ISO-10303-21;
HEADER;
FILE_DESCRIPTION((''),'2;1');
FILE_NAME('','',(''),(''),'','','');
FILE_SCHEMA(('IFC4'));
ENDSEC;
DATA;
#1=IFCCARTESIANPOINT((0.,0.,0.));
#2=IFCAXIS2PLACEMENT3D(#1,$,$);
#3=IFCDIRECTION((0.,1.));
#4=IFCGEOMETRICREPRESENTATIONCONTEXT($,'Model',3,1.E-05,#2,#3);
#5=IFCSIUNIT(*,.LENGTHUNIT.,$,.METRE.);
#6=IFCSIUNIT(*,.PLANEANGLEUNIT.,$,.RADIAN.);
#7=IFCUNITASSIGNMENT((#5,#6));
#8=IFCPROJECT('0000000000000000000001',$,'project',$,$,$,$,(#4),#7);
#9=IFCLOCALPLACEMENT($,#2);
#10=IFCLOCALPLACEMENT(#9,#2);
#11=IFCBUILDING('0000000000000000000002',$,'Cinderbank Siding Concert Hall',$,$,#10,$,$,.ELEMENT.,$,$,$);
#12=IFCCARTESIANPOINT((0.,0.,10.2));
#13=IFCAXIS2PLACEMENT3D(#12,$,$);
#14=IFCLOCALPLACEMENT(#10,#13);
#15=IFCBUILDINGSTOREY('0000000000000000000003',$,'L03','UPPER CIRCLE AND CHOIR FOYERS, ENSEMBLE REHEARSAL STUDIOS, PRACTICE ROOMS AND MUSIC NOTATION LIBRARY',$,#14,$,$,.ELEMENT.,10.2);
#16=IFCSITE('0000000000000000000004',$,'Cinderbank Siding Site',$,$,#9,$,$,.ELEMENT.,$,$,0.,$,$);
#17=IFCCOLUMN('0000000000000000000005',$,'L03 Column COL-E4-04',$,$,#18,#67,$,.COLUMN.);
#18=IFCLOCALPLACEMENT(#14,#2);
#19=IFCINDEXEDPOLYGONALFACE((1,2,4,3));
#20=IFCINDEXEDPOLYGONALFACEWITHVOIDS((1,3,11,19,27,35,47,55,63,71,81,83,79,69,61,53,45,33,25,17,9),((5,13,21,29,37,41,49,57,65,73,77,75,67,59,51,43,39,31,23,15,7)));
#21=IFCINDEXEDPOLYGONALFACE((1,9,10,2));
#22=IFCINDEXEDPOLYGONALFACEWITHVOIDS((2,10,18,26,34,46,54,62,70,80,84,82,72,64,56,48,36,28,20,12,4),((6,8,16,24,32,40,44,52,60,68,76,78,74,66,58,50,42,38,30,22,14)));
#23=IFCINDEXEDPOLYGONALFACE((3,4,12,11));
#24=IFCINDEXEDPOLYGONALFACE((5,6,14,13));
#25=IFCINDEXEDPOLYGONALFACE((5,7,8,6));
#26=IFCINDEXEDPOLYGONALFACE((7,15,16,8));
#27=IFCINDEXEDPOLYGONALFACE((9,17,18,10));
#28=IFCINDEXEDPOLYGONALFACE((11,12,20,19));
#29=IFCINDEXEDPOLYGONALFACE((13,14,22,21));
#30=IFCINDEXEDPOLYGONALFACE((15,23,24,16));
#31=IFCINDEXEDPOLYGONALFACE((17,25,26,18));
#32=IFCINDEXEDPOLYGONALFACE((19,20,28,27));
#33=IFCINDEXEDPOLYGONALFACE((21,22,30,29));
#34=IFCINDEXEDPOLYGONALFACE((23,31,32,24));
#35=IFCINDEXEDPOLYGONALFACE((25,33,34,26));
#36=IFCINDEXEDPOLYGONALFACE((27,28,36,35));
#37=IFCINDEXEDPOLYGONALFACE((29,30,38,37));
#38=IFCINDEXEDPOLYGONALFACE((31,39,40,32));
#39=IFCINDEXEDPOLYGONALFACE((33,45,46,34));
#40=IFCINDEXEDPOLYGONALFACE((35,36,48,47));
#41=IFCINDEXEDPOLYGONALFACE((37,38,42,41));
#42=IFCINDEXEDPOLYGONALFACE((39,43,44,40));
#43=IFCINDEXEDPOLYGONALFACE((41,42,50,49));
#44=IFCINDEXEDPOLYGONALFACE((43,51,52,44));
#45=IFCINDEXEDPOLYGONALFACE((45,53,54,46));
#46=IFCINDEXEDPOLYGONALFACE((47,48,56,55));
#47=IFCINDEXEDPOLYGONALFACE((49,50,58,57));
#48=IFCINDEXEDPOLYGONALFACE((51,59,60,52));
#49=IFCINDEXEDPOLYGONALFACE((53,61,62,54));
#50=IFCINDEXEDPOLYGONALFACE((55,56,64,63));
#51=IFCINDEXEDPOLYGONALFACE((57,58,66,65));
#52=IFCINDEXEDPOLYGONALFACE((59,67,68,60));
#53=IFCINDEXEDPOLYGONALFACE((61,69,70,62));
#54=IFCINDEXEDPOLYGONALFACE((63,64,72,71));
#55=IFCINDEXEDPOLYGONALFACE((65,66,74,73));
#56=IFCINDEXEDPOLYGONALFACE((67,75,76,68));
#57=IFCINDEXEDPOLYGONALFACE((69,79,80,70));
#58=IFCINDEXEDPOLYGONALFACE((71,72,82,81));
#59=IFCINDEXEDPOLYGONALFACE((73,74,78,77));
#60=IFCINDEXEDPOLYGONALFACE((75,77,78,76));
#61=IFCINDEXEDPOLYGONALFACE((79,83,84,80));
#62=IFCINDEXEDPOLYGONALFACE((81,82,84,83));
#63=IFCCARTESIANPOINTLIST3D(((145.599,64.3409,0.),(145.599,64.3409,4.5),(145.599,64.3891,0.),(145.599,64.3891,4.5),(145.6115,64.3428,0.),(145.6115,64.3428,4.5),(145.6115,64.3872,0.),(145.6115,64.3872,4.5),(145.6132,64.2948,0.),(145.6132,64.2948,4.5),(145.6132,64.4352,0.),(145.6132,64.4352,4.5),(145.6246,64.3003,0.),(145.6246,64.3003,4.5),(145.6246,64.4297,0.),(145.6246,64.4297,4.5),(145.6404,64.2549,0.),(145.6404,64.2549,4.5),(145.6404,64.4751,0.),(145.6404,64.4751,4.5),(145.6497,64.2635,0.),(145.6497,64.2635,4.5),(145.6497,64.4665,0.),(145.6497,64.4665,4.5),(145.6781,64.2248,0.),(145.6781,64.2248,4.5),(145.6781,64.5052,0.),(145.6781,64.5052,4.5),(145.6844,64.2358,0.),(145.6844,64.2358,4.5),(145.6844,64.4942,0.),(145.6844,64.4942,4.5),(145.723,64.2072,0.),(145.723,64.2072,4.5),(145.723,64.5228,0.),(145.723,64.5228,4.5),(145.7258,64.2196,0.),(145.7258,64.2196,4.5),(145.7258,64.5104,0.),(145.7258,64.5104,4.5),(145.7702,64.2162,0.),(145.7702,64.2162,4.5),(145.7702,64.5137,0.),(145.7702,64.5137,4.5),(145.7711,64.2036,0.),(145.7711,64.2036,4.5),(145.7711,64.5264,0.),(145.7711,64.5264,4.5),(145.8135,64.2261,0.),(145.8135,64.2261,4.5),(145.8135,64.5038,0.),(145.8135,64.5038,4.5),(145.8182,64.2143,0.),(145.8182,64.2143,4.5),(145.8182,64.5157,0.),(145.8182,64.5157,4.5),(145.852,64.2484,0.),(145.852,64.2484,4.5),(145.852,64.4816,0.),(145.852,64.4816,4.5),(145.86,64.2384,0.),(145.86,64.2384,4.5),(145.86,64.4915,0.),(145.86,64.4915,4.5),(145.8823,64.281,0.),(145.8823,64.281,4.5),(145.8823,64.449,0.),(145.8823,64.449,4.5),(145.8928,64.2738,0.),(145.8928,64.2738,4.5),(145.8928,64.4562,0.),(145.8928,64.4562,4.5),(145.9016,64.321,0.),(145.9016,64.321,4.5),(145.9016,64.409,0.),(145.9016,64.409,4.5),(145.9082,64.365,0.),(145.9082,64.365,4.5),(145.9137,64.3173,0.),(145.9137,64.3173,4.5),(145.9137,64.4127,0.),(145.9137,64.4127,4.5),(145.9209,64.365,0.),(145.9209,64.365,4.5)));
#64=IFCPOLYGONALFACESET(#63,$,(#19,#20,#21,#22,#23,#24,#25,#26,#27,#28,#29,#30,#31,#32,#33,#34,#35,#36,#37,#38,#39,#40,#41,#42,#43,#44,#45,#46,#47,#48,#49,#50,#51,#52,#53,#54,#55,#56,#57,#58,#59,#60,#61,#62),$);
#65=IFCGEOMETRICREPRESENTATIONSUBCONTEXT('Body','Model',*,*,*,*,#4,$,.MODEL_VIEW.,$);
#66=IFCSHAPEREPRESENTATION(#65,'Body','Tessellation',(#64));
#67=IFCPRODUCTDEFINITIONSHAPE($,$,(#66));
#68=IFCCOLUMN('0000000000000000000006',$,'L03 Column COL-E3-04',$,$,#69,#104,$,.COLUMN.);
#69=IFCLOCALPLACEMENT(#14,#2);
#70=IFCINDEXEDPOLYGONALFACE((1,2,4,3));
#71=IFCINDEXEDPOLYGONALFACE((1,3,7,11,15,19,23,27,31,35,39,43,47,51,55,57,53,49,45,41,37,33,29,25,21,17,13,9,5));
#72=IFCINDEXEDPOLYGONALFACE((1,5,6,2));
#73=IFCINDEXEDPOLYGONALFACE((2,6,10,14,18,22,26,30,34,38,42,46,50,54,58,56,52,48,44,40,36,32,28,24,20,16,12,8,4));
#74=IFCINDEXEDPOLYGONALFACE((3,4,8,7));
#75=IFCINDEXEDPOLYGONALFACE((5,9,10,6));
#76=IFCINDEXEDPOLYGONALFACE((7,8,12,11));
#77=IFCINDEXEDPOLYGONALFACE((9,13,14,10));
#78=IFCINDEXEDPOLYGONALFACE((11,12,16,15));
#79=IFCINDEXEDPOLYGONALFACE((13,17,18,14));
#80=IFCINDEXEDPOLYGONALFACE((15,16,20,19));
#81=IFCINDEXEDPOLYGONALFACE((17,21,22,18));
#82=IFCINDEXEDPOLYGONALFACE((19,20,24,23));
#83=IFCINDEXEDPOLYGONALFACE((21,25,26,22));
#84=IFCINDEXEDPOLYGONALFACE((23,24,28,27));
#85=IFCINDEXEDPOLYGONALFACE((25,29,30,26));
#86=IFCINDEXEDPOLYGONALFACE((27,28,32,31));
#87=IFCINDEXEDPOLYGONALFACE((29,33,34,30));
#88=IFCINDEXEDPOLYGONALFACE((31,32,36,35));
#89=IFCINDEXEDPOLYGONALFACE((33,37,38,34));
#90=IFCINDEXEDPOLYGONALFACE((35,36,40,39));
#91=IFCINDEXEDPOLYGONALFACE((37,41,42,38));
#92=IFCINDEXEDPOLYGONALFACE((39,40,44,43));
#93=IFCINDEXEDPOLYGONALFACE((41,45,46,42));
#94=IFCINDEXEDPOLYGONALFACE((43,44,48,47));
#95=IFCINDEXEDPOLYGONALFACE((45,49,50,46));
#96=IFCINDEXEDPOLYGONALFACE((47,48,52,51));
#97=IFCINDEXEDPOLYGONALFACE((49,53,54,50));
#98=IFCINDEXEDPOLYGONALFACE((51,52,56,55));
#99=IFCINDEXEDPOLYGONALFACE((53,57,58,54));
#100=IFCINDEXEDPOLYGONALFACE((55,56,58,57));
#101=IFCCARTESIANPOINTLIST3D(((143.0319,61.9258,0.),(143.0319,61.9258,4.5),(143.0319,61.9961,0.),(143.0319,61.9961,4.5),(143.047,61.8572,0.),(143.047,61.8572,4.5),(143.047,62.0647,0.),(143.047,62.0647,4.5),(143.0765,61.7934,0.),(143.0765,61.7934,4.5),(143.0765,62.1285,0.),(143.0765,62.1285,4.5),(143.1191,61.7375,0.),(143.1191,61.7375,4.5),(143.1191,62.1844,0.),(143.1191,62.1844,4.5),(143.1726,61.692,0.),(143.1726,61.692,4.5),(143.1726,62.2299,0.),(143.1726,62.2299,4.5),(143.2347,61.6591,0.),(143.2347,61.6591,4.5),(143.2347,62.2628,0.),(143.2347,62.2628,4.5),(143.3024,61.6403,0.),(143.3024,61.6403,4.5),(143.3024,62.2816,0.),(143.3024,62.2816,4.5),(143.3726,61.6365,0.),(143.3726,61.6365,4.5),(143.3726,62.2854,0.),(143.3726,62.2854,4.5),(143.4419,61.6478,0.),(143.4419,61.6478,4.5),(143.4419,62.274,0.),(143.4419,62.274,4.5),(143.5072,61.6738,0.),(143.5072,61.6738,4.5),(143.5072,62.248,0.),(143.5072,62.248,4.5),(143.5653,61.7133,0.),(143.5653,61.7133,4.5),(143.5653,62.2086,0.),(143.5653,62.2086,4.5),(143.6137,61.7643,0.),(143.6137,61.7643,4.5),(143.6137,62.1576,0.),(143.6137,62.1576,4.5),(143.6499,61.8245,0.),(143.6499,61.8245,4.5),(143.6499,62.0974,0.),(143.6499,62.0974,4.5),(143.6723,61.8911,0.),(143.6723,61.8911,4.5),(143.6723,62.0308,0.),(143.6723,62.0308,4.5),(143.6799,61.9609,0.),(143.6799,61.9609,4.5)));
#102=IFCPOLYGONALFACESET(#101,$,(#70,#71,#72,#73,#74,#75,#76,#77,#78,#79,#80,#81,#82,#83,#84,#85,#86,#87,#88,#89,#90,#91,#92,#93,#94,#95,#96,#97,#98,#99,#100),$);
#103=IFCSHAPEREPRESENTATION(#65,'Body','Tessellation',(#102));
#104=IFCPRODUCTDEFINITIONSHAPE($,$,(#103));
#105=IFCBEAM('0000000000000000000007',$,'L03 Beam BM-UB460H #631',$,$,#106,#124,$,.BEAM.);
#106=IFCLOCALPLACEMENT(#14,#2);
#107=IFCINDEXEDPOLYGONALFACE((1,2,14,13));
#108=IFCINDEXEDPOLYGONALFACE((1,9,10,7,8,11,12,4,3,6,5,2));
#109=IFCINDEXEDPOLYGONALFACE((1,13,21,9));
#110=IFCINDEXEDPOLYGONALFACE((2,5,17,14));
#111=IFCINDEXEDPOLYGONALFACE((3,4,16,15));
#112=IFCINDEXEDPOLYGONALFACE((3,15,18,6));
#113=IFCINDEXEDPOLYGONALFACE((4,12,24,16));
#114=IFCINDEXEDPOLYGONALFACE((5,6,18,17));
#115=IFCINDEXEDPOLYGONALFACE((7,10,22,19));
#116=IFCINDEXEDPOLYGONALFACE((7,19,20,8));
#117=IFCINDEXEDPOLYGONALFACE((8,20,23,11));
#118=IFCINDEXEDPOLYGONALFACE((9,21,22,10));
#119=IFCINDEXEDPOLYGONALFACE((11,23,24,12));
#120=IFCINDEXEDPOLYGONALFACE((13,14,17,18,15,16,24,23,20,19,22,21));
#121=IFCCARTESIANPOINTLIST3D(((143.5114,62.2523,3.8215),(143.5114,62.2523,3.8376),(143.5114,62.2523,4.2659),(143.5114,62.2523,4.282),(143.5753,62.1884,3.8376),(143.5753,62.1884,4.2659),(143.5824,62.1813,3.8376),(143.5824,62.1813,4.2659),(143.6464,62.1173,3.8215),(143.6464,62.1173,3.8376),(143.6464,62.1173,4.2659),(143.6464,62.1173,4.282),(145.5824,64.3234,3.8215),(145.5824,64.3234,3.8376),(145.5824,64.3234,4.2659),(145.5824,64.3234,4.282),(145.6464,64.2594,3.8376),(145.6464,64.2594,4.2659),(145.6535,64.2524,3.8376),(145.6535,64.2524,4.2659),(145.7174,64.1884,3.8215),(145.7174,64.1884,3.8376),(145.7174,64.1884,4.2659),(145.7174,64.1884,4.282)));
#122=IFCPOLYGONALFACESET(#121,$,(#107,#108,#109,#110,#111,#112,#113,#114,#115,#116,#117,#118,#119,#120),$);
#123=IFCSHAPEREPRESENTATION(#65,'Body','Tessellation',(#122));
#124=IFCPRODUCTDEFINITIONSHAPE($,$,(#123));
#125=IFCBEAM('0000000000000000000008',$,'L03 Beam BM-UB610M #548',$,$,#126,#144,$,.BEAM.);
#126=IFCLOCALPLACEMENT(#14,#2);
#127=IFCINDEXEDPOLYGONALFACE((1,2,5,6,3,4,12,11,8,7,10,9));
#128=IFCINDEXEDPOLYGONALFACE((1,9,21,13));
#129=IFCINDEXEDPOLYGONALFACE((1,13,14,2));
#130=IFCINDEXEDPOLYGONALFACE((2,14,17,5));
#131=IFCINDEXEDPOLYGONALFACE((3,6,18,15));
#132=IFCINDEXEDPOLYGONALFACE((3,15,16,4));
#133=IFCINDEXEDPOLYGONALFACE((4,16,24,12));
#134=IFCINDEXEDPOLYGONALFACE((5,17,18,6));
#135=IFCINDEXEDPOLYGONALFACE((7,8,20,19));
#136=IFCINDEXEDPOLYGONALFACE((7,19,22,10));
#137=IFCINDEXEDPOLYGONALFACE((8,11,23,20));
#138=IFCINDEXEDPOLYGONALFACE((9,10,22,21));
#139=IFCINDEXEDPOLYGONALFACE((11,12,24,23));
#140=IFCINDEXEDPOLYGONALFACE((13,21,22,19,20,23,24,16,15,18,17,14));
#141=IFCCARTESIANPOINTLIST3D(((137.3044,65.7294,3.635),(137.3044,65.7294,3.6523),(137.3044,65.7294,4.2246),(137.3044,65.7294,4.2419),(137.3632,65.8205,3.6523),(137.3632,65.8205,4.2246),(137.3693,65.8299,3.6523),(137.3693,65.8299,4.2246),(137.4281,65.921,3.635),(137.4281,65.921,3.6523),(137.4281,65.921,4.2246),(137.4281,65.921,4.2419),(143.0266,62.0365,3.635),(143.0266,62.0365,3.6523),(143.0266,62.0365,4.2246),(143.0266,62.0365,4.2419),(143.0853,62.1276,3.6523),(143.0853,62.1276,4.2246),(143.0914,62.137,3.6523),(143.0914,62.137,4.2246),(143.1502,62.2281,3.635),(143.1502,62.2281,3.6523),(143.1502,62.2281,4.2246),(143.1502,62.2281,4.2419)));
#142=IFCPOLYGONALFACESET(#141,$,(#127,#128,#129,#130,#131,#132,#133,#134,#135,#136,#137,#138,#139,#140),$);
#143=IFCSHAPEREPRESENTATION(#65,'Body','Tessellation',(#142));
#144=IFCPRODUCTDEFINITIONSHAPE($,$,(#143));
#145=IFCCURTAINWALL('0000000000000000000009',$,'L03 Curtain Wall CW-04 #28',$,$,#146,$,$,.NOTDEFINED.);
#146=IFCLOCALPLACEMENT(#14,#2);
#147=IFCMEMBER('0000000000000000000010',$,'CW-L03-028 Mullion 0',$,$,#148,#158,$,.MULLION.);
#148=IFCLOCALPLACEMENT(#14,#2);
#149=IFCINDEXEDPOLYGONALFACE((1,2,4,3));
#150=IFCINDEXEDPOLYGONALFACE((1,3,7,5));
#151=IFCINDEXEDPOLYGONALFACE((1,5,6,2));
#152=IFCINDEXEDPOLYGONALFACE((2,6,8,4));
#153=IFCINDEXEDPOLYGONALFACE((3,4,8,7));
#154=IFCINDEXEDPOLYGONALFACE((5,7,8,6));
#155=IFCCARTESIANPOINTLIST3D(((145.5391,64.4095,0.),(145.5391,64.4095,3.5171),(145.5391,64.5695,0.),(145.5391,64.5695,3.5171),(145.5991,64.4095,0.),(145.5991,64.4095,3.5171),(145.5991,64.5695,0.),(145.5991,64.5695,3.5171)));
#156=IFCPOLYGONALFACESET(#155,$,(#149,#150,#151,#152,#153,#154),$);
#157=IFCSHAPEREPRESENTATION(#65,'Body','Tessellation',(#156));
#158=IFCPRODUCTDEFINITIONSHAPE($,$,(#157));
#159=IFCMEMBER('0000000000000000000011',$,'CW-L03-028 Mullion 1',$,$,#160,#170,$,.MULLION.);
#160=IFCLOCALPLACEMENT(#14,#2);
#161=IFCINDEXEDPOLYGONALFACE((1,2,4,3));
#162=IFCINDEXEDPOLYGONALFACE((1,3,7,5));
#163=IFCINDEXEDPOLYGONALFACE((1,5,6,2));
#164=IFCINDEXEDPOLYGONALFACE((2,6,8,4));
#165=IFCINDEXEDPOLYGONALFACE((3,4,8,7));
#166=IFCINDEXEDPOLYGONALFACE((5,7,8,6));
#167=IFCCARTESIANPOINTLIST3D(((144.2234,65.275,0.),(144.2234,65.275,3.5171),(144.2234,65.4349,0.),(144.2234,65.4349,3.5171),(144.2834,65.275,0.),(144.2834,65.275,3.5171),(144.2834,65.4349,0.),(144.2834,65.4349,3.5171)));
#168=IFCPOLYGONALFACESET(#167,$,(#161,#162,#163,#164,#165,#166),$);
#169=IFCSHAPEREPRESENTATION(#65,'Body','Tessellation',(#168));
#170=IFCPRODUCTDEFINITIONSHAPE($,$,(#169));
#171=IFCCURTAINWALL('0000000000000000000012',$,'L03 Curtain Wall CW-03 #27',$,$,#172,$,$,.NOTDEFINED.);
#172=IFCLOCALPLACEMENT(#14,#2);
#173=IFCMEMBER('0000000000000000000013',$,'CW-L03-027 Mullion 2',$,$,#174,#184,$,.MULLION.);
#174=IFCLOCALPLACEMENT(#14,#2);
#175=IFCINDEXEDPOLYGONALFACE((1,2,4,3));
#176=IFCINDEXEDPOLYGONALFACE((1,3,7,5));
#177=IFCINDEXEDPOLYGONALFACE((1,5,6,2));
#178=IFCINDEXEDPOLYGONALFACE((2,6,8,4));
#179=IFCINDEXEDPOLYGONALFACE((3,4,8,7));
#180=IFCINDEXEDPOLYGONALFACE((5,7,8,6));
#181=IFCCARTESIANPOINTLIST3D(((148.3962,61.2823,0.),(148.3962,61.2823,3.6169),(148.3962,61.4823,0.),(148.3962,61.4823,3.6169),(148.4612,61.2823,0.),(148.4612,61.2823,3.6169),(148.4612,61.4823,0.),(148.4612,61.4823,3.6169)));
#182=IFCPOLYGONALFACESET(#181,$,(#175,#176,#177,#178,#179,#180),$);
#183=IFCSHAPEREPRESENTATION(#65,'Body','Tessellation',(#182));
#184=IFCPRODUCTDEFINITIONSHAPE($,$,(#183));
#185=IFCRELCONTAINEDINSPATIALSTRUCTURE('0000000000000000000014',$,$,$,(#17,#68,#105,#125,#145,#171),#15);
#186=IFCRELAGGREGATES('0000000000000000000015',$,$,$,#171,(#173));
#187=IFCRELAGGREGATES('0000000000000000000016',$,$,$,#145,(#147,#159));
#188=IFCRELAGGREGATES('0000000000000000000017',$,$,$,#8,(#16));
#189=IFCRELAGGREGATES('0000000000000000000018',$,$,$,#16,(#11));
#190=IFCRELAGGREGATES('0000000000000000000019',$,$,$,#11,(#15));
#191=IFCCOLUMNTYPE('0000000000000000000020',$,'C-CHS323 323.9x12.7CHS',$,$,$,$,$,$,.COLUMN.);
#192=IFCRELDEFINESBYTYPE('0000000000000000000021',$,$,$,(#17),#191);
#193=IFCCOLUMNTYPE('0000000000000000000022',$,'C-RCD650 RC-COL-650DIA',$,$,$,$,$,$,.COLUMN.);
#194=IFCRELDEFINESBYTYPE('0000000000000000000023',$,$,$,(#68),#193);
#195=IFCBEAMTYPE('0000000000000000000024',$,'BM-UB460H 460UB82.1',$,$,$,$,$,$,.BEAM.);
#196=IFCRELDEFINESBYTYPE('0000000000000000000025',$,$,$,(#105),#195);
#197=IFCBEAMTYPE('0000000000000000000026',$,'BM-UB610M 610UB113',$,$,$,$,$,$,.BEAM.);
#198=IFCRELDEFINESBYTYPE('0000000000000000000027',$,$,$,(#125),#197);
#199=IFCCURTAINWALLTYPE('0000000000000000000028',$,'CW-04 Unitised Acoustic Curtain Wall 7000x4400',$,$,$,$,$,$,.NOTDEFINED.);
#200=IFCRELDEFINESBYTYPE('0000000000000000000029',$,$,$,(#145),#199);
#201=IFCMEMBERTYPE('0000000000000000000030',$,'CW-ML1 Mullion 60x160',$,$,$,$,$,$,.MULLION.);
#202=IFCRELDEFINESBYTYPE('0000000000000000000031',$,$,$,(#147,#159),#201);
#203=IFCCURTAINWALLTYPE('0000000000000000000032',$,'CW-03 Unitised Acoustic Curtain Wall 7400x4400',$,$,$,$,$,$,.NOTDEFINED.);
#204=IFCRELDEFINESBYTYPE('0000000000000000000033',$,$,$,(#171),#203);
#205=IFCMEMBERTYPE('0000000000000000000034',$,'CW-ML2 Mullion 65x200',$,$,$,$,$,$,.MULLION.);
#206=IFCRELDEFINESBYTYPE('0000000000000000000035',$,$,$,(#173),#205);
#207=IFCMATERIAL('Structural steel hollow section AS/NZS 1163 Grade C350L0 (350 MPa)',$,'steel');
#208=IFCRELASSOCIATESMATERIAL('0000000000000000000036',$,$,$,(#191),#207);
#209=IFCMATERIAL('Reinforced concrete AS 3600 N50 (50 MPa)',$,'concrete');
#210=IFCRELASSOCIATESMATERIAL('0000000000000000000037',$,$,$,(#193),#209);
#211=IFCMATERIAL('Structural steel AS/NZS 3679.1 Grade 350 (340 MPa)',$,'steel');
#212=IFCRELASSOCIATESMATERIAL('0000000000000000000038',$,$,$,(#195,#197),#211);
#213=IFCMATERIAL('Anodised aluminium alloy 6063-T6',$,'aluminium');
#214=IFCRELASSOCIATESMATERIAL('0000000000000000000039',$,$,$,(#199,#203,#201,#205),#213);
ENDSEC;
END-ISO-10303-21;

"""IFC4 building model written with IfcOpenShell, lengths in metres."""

from ifc_helpers import new_model, si_unit, direction, frame, origin, origin_2d, place, context, subcontext, project, spatial, rectangle, circle, hollow_circle, i_section, extrude, material, material_profile, profile_set, type_object, element, aggregate, save


model = new_model("IFC4")

# Units and contexts
model_context = context("Model", 3, precision=1e-05, world=origin(), true_north=direction((0.0, 1.0)))
body_context = subcontext(model_context, "Body", "Model", "MODEL_VIEW")
ifc_project = project(units=[si_unit("LENGTHUNIT", "METRE"), si_unit("PLANEANGLEUNIT", "RADIAN")], contexts=[model_context])

# Site, building, storey
site_placement = place(None, origin())
site = spatial("IfcSite", under=ifc_project, at=site_placement, Name="Cinderbank Siding Site", CompositionType="ELEMENT", RefElevation=0.0)
building_placement = place(site_placement, origin())
building = spatial("IfcBuilding", under=site, at=building_placement, Name="Cinderbank Siding Concert Hall", CompositionType="ELEMENT")
storey_placement = place(building_placement, frame((0.0, 0.0, 10.2)))
storey = spatial("IfcBuildingStorey", under=building, at=storey_placement, Name="L03", Description="UPPER CIRCLE AND CHOIR FOYERS, ENSEMBLE REHEARSAL STUDIOS, PRACTICE ROOMS AND MUSIC NOTATION LIBRARY", CompositionType="ELEMENT", Elevation=10.2)

# Columns
ifc_material_1 = material(Name="Structural steel hollow section AS/NZS 1163 Grade C350L0 (350 MPa)", Category="steel")
ifc_material_profile_1 = material_profile(ifc_material_1, hollow_circle(Radius=0.1619, WallThickness=0.0127, at=origin_2d()), Name="323.9x12.7CHS", Category="LoadBearing")
ifc_profile_set_1 = profile_set([ifc_material_profile_1], Name="Structural steel hollow section AS/NZS 1163 Grade C350L0 (350 MPa)")
column_type_1 = type_object("IfcColumnType", Name="C-CHS323 323.9x12.7CHS", PredefinedType="COLUMN", material=ifc_profile_set_1)
column_1_placement = place(storey_placement, frame((145.759, 64.365, 0.0), z_axis=(0.0, 0.0, 1.0), x_axis=(1.0, 0.0, 0.0)))
element("IfcColumn", 1, at=column_1_placement, inside=storey, type_object=column_type_1, Name="L03 Column COL-E4-04", PredefinedType="COLUMN", context=body_context, shape_type="SweptSolid", body=[
    extrude(hollow_circle(Radius=0.1619, WallThickness=0.0127, at=origin_2d()), origin(), (0.0, 0.0, 1.0), 4.5),
])
ifc_material_2 = material(Name="Reinforced concrete AS 3600 N50 (50 MPa)", Category="concrete")
ifc_material_profile_2 = material_profile(ifc_material_2, circle(Radius=0.325, at=origin_2d()), Name="RC-COL-650DIA", Category="LoadBearing")
ifc_profile_set_2 = profile_set([ifc_material_profile_2], Name="Reinforced concrete AS 3600 N50 (50 MPa)")
column_type_2 = type_object("IfcColumnType", Name="C-RCD650 RC-COL-650DIA", PredefinedType="COLUMN", material=ifc_profile_set_2)
column_2_placement = place(storey_placement, frame((143.355, 61.9609, 0.0), z_axis=(0.0, 0.0, 1.0), x_axis=(1.0, 0.0, 0.0)))
element("IfcColumn", 2, at=column_2_placement, inside=storey, type_object=column_type_2, Name="L03 Column COL-E3-04", PredefinedType="COLUMN", context=body_context, shape_type="SweptSolid", body=[
    extrude(circle(Radius=0.325, at=origin_2d()), origin(), (0.0, 0.0, 1.0), 4.5),
])

# Beams
ifc_material_3 = material(Name="Structural steel AS/NZS 3679.1 Grade 350 (340 MPa)", Category="steel")
ifc_material_profile_3 = material_profile(ifc_material_3, i_section(OverallWidth=0.1909, OverallDepth=0.4604, WebThickness=0.01, FlangeThickness=0.0161, at=origin_2d()), Name="460UB82.1", Category="LoadBearing")
ifc_profile_set_3 = profile_set([ifc_material_profile_3], Name="Structural steel AS/NZS 3679.1 Grade 350 (340 MPa)")
beam_type_1 = type_object("IfcBeamType", Name="BM-UB460H 460UB82.1", PredefinedType="BEAM", material=ifc_profile_set_3)
beam_1_placement = place(storey_placement, frame((143.5789, 62.1848, 4.0518), z_axis=(0.707107, 0.707107, 0.0), x_axis=(-0.707107, 0.707107, 0.0)))
element("IfcBeam", 3, at=beam_1_placement, inside=storey, type_object=beam_type_1, Name="L03 Beam BM-UB460H #631", PredefinedType="BEAM", context=body_context, shape_type="SweptSolid", body=[
    extrude(i_section(OverallWidth=0.1909, OverallDepth=0.4604, WebThickness=0.01, FlangeThickness=0.0161, at=origin_2d()), origin(), (0.0, 0.0, 1.0), 2.929),
])
ifc_material_profile_4 = material_profile(ifc_material_3, i_section(OverallWidth=0.228, OverallDepth=0.6069, WebThickness=0.0112, FlangeThickness=0.0173, at=origin_2d()), Name="610UB113", Category="LoadBearing")
ifc_profile_set_4 = profile_set([ifc_material_profile_4], Name="Structural steel AS/NZS 3679.1 Grade 350 (340 MPa)")
beam_type_2 = type_object("IfcBeamType", Name="BM-UB610M 610UB113", PredefinedType="BEAM", material=ifc_profile_set_4)
beam_2_placement = place(storey_placement, frame((143.0884, 62.1323, 3.9385), z_axis=(-0.84022, 0.542246, 0.0), x_axis=(-0.542246, -0.84022, 0.0)))
element("IfcBeam", 4, at=beam_2_placement, inside=storey, type_object=beam_type_2, Name="L03 Beam BM-UB610M #548", PredefinedType="BEAM", context=body_context, shape_type="SweptSolid", body=[
    extrude(i_section(OverallWidth=0.228, OverallDepth=0.6069, WebThickness=0.0112, FlangeThickness=0.0173, at=origin_2d()), origin(), (0.0, 0.0, 1.0), 6.8103),
])

# Curtain walls, members
ifc_material_4 = material(Name="Anodised aluminium alloy 6063-T6", Category="aluminium")
curtain_wall_type_1 = type_object("IfcCurtainWallType", Name="CW-04 Unitised Acoustic Curtain Wall 7000x4400", PredefinedType="NOTDEFINED", material=ifc_material_4)
curtain_wall_1_placement = place(storey_placement, origin())
curtain_wall_1 = element("IfcCurtainWall", 5, at=curtain_wall_1_placement, inside=storey, type_object=curtain_wall_type_1, Name="L03 Curtain Wall CW-04 #28", PredefinedType="NOTDEFINED")
ifc_material_profile_5 = material_profile(ifc_material_4, rectangle(XDim=0.0601, YDim=0.1599, at=origin_2d()), Name="ALU-MULL-60x160", Category="LoadBearing")
ifc_profile_set_5 = profile_set([ifc_material_profile_5], Name="Anodised aluminium alloy 6063-T6")
member_type_1 = type_object("IfcMemberType", Name="CW-ML1 Mullion 60x160", PredefinedType="MULLION", material=ifc_profile_set_5)
member_1_placement = place(storey_placement, frame((145.5691, 64.4895, 0.0), z_axis=(0.0, 0.0, 1.0), x_axis=(1.0, 0.0, 0.0)))
member_1 = element("IfcMember", 6, at=member_1_placement, type_object=member_type_1, Name="CW-L03-028 Mullion 0", PredefinedType="MULLION", context=body_context, shape_type="SweptSolid", body=[
    extrude(rectangle(XDim=0.0601, YDim=0.1599, at=origin_2d()), origin(), (0.0, 0.0, 1.0), 3.5171),
])
member_2_placement = place(storey_placement, frame((144.2534, 65.355, 0.0), z_axis=(0.0, 0.0, 1.0), x_axis=(1.0, 0.0, 0.0)))
member_2 = element("IfcMember", 7, at=member_2_placement, type_object=member_type_1, Name="CW-L03-028 Mullion 1", PredefinedType="MULLION", context=body_context, shape_type="SweptSolid", body=[
    extrude(rectangle(XDim=0.0601, YDim=0.1599, at=origin_2d()), origin(), (0.0, 0.0, 1.0), 3.5171),
])
curtain_wall_type_2 = type_object("IfcCurtainWallType", Name="CW-03 Unitised Acoustic Curtain Wall 7400x4400", PredefinedType="NOTDEFINED", material=ifc_material_4)
curtain_wall_2_placement = place(storey_placement, origin())
curtain_wall_2 = element("IfcCurtainWall", 8, at=curtain_wall_2_placement, inside=storey, type_object=curtain_wall_type_2, Name="L03 Curtain Wall CW-03 #27", PredefinedType="NOTDEFINED")
ifc_material_profile_6 = material_profile(ifc_material_4, rectangle(XDim=0.0649, YDim=0.2, at=origin_2d()), Name="ALU-MULL-65x200", Category="LoadBearing")
ifc_profile_set_6 = profile_set([ifc_material_profile_6], Name="Anodised aluminium alloy 6063-T6")
member_type_2 = type_object("IfcMemberType", Name="CW-ML2 Mullion 65x200", PredefinedType="MULLION", material=ifc_profile_set_6)
member_3_placement = place(storey_placement, frame((148.4287, 61.3823, 0.0), z_axis=(0.0, 0.0, 1.0), x_axis=(1.0, 0.0, 0.0)))
member_3 = element("IfcMember", 9, at=member_3_placement, type_object=member_type_2, Name="CW-L03-027 Mullion 2", PredefinedType="MULLION", context=body_context, shape_type="SweptSolid", body=[
    extrude(rectangle(XDim=0.0649, YDim=0.2, at=origin_2d()), origin(), (0.0, 0.0, 1.0), 3.6169),
])

aggregate(curtain_wall_2, [member_3])
aggregate(curtain_wall_1, [member_1, member_2])

save(model, "model.ifc")
